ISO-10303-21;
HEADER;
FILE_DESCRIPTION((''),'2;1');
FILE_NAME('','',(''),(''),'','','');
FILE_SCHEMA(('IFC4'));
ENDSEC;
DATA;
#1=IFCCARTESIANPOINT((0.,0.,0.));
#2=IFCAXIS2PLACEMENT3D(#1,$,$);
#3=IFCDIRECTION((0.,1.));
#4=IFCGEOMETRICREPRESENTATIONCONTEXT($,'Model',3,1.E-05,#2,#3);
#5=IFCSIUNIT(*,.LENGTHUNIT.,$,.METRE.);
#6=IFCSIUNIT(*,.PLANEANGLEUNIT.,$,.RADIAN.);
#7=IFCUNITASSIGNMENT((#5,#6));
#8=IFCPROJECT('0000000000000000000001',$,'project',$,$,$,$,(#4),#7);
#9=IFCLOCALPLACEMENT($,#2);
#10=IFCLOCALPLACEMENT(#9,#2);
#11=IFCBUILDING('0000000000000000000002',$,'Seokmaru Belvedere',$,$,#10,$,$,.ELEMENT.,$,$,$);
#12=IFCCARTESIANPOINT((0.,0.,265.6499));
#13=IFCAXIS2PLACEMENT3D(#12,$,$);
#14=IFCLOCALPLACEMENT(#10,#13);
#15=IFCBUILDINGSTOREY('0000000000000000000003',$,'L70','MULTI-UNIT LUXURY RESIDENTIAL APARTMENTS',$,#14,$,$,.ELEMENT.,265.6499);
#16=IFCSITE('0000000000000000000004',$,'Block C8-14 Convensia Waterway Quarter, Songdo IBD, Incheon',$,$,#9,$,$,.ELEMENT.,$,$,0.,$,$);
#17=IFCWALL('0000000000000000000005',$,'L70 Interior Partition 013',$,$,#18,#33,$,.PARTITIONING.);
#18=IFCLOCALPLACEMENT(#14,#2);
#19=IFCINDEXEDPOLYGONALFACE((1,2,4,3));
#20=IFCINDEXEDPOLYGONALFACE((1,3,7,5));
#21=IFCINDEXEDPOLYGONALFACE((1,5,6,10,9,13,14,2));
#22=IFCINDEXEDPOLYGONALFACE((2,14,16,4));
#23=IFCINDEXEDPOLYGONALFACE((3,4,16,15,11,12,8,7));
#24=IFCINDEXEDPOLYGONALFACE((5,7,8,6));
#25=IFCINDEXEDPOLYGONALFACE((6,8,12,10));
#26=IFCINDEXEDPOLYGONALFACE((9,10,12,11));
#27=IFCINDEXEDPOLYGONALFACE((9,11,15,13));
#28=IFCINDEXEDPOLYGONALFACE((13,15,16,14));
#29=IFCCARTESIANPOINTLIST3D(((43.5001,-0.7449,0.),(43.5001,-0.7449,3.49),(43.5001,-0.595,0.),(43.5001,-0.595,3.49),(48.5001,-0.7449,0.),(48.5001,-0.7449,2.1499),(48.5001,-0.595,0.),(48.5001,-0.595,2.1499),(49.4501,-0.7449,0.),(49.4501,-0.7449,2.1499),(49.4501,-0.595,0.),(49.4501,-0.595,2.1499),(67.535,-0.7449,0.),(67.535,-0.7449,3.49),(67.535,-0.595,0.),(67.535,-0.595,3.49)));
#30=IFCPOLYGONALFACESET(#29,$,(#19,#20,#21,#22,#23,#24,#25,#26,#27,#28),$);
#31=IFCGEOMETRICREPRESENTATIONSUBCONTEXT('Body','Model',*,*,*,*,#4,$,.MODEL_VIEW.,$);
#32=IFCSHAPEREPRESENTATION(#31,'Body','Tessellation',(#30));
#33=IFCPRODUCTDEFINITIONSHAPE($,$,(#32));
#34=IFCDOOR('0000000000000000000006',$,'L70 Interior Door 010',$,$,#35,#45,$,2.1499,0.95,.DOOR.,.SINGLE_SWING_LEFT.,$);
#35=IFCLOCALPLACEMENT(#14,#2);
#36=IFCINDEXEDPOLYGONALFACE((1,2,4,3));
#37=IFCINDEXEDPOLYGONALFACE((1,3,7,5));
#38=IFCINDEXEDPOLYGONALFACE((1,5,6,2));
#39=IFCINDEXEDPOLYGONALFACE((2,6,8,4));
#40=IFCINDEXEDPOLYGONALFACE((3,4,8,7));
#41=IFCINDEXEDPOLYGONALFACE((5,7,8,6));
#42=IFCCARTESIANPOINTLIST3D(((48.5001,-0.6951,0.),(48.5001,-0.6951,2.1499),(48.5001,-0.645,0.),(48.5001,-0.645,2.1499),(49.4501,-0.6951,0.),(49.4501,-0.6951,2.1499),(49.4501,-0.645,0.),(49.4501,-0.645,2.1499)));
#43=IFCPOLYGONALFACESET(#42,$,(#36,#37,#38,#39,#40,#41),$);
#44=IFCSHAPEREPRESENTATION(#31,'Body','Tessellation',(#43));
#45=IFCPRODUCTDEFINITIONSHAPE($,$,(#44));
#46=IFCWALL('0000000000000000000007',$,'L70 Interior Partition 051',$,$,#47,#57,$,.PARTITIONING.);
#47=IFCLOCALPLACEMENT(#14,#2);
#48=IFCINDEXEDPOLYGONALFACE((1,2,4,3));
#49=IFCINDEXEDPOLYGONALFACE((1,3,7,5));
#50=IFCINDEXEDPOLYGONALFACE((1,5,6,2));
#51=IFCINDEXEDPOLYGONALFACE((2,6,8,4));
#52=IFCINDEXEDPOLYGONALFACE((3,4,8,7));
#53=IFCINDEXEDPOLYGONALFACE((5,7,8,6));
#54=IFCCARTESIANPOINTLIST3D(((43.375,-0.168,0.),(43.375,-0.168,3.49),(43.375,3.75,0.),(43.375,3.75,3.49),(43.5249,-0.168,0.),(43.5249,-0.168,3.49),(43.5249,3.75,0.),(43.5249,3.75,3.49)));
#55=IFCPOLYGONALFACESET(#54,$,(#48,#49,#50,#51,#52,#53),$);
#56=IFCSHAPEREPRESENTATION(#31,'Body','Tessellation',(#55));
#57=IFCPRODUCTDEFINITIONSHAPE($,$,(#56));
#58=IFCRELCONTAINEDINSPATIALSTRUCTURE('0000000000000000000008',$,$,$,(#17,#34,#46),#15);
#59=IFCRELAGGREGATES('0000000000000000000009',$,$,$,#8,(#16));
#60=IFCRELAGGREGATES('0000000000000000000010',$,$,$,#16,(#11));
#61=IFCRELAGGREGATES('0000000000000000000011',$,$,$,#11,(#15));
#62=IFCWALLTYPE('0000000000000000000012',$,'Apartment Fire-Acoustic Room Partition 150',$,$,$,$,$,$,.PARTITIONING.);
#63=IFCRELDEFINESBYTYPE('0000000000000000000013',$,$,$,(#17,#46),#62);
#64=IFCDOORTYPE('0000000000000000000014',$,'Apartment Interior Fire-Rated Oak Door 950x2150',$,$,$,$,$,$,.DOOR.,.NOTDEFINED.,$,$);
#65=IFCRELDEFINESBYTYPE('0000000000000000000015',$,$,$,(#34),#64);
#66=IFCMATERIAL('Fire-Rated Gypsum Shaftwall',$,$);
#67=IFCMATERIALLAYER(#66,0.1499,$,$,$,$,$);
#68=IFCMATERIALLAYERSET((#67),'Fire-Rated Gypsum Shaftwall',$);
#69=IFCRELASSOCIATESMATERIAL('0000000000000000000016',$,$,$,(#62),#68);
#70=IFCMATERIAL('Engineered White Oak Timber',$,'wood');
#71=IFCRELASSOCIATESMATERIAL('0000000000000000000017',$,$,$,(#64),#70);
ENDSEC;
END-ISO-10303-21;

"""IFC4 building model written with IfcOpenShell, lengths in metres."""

from ifc_helpers import new_model, si_unit, direction, frame, frame_2d, origin, place, context, subcontext, project, spatial, rectangle, extrude, source, transform, mapped, material, layer, layer_set, type_object, type_shapes, element, fill, save


model = new_model("IFC4")

# Units and contexts
model_context = context("Model", 3, precision=1e-05, world=origin(), true_north=direction((0.0, 1.0)))
body_context = subcontext(model_context, "Body", "Model", "MODEL_VIEW")
ifc_project = project(units=[si_unit("LENGTHUNIT", "METRE"), si_unit("PLANEANGLEUNIT", "RADIAN")], contexts=[model_context])

# Site, building, storey
site_placement = place(None, origin())
site = spatial("IfcSite", under=ifc_project, at=site_placement, Name="Block C8-14 Convensia Waterway Quarter, Songdo IBD, Incheon", CompositionType="ELEMENT", RefElevation=0.0)
building_placement = place(site_placement, origin())
building = spatial("IfcBuilding", under=site, at=building_placement, Name="Seokmaru Belvedere", CompositionType="ELEMENT")
storey_placement = place(building_placement, frame((0.0, 0.0, 265.6499)))
storey = spatial("IfcBuildingStorey", under=building, at=storey_placement, Name="L70", Description="MULTI-UNIT LUXURY RESIDENTIAL APARTMENTS", CompositionType="ELEMENT", Elevation=265.6499)

# Wall, opening, door
ifc_material_1 = material(Name="Fire-Rated Gypsum Shaftwall")
ifc_layer_1 = layer(ifc_material_1, 0.1499)
ifc_layer_set_1 = layer_set([ifc_layer_1], Name="Fire-Rated Gypsum Shaftwall")
wall_type = type_object("IfcWallType", Name="Apartment Fire-Acoustic Room Partition 150", PredefinedType="PARTITIONING", material=ifc_layer_set_1)
wall_1_placement = place(storey_placement, frame((43.5, -0.6699, 0.0), z_axis=(0.0, 0.0, 1.0), x_axis=(1.0, 0.0, 0.0)))
wall_1 = element("IfcWall", 1, at=wall_1_placement, inside=storey, type_object=wall_type, Name="L70 Interior Partition 013", PredefinedType="PARTITIONING", context=body_context, shape_type="SweptSolid", body=[
    extrude(rectangle(XDim=24.0349, YDim=0.1499, at=frame_2d((12.0176, 0.0))), origin(), (0.0, 0.0, 1.0), 3.49),
])
opening_placement = place(wall_1_placement, frame((5.0, 0.0, 0.0)))
opening = element("IfcOpeningElement", 2, at=opening_placement, cuts=wall_1, PredefinedType="OPENING", context=body_context, shape_type="SweptSolid", body=[
    extrude(rectangle(XDim=0.95, YDim=2.1499, at=frame_2d((0.4751, 1.075))), frame((0.0, 0.085, 0.0), z_axis=(0.0, -1.0, 0.0), x_axis=(1.0, 0.0, 0.0)), (0.0, 0.0, 1.0), 0.1699),
])
ifc_material_2 = material(Name="Engineered White Oak Timber", Category="wood")
door_type = type_object("IfcDoorType", Name="Apartment Interior Fire-Rated Oak Door 950x2150", OperationType="NOTDEFINED", PredefinedType="DOOR", material=ifc_material_2)
shared_shape_1 = source(origin(), body_context, "Body", "SweptSolid", [
    extrude(rectangle(XDim=0.95, YDim=2.1499, at=frame_2d((0.4751, 1.075))), frame((0.0, 0.0249, 0.0), z_axis=(0.0, -1.0, 0.0), x_axis=(1.0, 0.0, 0.0)), (0.0, 0.0, 1.0), 0.05),
])
type_shapes(door_type, [shared_shape_1])
door_placement = place(opening_placement, origin())
door = element("IfcDoor", 3, at=door_placement, inside=storey, type_object=door_type, Name="L70 Interior Door 010", OperationType="SINGLE_SWING_LEFT", OverallHeight=2.1499, OverallWidth=0.95, PredefinedType="DOOR", context=body_context, shape_type="MappedRepresentation", body=[
    mapped(shared_shape_1, transform((0.0, 0.0, 0.0), scale=1.0)),
])
fill(opening, door)

# Wall
wall_2_placement = place(storey_placement, frame((43.45, -0.168, 0.0), z_axis=(0.0, 0.0, 1.0), x_axis=(0.0, 1.0, 0.0)))
element("IfcWall", 4, at=wall_2_placement, inside=storey, type_object=wall_type, Name="L70 Interior Partition 051", PredefinedType="PARTITIONING", context=body_context, shape_type="SweptSolid", body=[
    extrude(rectangle(XDim=3.918, YDim=0.1499, at=frame_2d((1.959, 0.0))), origin(), (0.0, 0.0, 1.0), 3.49),
])

save(model, "model.ifc")
